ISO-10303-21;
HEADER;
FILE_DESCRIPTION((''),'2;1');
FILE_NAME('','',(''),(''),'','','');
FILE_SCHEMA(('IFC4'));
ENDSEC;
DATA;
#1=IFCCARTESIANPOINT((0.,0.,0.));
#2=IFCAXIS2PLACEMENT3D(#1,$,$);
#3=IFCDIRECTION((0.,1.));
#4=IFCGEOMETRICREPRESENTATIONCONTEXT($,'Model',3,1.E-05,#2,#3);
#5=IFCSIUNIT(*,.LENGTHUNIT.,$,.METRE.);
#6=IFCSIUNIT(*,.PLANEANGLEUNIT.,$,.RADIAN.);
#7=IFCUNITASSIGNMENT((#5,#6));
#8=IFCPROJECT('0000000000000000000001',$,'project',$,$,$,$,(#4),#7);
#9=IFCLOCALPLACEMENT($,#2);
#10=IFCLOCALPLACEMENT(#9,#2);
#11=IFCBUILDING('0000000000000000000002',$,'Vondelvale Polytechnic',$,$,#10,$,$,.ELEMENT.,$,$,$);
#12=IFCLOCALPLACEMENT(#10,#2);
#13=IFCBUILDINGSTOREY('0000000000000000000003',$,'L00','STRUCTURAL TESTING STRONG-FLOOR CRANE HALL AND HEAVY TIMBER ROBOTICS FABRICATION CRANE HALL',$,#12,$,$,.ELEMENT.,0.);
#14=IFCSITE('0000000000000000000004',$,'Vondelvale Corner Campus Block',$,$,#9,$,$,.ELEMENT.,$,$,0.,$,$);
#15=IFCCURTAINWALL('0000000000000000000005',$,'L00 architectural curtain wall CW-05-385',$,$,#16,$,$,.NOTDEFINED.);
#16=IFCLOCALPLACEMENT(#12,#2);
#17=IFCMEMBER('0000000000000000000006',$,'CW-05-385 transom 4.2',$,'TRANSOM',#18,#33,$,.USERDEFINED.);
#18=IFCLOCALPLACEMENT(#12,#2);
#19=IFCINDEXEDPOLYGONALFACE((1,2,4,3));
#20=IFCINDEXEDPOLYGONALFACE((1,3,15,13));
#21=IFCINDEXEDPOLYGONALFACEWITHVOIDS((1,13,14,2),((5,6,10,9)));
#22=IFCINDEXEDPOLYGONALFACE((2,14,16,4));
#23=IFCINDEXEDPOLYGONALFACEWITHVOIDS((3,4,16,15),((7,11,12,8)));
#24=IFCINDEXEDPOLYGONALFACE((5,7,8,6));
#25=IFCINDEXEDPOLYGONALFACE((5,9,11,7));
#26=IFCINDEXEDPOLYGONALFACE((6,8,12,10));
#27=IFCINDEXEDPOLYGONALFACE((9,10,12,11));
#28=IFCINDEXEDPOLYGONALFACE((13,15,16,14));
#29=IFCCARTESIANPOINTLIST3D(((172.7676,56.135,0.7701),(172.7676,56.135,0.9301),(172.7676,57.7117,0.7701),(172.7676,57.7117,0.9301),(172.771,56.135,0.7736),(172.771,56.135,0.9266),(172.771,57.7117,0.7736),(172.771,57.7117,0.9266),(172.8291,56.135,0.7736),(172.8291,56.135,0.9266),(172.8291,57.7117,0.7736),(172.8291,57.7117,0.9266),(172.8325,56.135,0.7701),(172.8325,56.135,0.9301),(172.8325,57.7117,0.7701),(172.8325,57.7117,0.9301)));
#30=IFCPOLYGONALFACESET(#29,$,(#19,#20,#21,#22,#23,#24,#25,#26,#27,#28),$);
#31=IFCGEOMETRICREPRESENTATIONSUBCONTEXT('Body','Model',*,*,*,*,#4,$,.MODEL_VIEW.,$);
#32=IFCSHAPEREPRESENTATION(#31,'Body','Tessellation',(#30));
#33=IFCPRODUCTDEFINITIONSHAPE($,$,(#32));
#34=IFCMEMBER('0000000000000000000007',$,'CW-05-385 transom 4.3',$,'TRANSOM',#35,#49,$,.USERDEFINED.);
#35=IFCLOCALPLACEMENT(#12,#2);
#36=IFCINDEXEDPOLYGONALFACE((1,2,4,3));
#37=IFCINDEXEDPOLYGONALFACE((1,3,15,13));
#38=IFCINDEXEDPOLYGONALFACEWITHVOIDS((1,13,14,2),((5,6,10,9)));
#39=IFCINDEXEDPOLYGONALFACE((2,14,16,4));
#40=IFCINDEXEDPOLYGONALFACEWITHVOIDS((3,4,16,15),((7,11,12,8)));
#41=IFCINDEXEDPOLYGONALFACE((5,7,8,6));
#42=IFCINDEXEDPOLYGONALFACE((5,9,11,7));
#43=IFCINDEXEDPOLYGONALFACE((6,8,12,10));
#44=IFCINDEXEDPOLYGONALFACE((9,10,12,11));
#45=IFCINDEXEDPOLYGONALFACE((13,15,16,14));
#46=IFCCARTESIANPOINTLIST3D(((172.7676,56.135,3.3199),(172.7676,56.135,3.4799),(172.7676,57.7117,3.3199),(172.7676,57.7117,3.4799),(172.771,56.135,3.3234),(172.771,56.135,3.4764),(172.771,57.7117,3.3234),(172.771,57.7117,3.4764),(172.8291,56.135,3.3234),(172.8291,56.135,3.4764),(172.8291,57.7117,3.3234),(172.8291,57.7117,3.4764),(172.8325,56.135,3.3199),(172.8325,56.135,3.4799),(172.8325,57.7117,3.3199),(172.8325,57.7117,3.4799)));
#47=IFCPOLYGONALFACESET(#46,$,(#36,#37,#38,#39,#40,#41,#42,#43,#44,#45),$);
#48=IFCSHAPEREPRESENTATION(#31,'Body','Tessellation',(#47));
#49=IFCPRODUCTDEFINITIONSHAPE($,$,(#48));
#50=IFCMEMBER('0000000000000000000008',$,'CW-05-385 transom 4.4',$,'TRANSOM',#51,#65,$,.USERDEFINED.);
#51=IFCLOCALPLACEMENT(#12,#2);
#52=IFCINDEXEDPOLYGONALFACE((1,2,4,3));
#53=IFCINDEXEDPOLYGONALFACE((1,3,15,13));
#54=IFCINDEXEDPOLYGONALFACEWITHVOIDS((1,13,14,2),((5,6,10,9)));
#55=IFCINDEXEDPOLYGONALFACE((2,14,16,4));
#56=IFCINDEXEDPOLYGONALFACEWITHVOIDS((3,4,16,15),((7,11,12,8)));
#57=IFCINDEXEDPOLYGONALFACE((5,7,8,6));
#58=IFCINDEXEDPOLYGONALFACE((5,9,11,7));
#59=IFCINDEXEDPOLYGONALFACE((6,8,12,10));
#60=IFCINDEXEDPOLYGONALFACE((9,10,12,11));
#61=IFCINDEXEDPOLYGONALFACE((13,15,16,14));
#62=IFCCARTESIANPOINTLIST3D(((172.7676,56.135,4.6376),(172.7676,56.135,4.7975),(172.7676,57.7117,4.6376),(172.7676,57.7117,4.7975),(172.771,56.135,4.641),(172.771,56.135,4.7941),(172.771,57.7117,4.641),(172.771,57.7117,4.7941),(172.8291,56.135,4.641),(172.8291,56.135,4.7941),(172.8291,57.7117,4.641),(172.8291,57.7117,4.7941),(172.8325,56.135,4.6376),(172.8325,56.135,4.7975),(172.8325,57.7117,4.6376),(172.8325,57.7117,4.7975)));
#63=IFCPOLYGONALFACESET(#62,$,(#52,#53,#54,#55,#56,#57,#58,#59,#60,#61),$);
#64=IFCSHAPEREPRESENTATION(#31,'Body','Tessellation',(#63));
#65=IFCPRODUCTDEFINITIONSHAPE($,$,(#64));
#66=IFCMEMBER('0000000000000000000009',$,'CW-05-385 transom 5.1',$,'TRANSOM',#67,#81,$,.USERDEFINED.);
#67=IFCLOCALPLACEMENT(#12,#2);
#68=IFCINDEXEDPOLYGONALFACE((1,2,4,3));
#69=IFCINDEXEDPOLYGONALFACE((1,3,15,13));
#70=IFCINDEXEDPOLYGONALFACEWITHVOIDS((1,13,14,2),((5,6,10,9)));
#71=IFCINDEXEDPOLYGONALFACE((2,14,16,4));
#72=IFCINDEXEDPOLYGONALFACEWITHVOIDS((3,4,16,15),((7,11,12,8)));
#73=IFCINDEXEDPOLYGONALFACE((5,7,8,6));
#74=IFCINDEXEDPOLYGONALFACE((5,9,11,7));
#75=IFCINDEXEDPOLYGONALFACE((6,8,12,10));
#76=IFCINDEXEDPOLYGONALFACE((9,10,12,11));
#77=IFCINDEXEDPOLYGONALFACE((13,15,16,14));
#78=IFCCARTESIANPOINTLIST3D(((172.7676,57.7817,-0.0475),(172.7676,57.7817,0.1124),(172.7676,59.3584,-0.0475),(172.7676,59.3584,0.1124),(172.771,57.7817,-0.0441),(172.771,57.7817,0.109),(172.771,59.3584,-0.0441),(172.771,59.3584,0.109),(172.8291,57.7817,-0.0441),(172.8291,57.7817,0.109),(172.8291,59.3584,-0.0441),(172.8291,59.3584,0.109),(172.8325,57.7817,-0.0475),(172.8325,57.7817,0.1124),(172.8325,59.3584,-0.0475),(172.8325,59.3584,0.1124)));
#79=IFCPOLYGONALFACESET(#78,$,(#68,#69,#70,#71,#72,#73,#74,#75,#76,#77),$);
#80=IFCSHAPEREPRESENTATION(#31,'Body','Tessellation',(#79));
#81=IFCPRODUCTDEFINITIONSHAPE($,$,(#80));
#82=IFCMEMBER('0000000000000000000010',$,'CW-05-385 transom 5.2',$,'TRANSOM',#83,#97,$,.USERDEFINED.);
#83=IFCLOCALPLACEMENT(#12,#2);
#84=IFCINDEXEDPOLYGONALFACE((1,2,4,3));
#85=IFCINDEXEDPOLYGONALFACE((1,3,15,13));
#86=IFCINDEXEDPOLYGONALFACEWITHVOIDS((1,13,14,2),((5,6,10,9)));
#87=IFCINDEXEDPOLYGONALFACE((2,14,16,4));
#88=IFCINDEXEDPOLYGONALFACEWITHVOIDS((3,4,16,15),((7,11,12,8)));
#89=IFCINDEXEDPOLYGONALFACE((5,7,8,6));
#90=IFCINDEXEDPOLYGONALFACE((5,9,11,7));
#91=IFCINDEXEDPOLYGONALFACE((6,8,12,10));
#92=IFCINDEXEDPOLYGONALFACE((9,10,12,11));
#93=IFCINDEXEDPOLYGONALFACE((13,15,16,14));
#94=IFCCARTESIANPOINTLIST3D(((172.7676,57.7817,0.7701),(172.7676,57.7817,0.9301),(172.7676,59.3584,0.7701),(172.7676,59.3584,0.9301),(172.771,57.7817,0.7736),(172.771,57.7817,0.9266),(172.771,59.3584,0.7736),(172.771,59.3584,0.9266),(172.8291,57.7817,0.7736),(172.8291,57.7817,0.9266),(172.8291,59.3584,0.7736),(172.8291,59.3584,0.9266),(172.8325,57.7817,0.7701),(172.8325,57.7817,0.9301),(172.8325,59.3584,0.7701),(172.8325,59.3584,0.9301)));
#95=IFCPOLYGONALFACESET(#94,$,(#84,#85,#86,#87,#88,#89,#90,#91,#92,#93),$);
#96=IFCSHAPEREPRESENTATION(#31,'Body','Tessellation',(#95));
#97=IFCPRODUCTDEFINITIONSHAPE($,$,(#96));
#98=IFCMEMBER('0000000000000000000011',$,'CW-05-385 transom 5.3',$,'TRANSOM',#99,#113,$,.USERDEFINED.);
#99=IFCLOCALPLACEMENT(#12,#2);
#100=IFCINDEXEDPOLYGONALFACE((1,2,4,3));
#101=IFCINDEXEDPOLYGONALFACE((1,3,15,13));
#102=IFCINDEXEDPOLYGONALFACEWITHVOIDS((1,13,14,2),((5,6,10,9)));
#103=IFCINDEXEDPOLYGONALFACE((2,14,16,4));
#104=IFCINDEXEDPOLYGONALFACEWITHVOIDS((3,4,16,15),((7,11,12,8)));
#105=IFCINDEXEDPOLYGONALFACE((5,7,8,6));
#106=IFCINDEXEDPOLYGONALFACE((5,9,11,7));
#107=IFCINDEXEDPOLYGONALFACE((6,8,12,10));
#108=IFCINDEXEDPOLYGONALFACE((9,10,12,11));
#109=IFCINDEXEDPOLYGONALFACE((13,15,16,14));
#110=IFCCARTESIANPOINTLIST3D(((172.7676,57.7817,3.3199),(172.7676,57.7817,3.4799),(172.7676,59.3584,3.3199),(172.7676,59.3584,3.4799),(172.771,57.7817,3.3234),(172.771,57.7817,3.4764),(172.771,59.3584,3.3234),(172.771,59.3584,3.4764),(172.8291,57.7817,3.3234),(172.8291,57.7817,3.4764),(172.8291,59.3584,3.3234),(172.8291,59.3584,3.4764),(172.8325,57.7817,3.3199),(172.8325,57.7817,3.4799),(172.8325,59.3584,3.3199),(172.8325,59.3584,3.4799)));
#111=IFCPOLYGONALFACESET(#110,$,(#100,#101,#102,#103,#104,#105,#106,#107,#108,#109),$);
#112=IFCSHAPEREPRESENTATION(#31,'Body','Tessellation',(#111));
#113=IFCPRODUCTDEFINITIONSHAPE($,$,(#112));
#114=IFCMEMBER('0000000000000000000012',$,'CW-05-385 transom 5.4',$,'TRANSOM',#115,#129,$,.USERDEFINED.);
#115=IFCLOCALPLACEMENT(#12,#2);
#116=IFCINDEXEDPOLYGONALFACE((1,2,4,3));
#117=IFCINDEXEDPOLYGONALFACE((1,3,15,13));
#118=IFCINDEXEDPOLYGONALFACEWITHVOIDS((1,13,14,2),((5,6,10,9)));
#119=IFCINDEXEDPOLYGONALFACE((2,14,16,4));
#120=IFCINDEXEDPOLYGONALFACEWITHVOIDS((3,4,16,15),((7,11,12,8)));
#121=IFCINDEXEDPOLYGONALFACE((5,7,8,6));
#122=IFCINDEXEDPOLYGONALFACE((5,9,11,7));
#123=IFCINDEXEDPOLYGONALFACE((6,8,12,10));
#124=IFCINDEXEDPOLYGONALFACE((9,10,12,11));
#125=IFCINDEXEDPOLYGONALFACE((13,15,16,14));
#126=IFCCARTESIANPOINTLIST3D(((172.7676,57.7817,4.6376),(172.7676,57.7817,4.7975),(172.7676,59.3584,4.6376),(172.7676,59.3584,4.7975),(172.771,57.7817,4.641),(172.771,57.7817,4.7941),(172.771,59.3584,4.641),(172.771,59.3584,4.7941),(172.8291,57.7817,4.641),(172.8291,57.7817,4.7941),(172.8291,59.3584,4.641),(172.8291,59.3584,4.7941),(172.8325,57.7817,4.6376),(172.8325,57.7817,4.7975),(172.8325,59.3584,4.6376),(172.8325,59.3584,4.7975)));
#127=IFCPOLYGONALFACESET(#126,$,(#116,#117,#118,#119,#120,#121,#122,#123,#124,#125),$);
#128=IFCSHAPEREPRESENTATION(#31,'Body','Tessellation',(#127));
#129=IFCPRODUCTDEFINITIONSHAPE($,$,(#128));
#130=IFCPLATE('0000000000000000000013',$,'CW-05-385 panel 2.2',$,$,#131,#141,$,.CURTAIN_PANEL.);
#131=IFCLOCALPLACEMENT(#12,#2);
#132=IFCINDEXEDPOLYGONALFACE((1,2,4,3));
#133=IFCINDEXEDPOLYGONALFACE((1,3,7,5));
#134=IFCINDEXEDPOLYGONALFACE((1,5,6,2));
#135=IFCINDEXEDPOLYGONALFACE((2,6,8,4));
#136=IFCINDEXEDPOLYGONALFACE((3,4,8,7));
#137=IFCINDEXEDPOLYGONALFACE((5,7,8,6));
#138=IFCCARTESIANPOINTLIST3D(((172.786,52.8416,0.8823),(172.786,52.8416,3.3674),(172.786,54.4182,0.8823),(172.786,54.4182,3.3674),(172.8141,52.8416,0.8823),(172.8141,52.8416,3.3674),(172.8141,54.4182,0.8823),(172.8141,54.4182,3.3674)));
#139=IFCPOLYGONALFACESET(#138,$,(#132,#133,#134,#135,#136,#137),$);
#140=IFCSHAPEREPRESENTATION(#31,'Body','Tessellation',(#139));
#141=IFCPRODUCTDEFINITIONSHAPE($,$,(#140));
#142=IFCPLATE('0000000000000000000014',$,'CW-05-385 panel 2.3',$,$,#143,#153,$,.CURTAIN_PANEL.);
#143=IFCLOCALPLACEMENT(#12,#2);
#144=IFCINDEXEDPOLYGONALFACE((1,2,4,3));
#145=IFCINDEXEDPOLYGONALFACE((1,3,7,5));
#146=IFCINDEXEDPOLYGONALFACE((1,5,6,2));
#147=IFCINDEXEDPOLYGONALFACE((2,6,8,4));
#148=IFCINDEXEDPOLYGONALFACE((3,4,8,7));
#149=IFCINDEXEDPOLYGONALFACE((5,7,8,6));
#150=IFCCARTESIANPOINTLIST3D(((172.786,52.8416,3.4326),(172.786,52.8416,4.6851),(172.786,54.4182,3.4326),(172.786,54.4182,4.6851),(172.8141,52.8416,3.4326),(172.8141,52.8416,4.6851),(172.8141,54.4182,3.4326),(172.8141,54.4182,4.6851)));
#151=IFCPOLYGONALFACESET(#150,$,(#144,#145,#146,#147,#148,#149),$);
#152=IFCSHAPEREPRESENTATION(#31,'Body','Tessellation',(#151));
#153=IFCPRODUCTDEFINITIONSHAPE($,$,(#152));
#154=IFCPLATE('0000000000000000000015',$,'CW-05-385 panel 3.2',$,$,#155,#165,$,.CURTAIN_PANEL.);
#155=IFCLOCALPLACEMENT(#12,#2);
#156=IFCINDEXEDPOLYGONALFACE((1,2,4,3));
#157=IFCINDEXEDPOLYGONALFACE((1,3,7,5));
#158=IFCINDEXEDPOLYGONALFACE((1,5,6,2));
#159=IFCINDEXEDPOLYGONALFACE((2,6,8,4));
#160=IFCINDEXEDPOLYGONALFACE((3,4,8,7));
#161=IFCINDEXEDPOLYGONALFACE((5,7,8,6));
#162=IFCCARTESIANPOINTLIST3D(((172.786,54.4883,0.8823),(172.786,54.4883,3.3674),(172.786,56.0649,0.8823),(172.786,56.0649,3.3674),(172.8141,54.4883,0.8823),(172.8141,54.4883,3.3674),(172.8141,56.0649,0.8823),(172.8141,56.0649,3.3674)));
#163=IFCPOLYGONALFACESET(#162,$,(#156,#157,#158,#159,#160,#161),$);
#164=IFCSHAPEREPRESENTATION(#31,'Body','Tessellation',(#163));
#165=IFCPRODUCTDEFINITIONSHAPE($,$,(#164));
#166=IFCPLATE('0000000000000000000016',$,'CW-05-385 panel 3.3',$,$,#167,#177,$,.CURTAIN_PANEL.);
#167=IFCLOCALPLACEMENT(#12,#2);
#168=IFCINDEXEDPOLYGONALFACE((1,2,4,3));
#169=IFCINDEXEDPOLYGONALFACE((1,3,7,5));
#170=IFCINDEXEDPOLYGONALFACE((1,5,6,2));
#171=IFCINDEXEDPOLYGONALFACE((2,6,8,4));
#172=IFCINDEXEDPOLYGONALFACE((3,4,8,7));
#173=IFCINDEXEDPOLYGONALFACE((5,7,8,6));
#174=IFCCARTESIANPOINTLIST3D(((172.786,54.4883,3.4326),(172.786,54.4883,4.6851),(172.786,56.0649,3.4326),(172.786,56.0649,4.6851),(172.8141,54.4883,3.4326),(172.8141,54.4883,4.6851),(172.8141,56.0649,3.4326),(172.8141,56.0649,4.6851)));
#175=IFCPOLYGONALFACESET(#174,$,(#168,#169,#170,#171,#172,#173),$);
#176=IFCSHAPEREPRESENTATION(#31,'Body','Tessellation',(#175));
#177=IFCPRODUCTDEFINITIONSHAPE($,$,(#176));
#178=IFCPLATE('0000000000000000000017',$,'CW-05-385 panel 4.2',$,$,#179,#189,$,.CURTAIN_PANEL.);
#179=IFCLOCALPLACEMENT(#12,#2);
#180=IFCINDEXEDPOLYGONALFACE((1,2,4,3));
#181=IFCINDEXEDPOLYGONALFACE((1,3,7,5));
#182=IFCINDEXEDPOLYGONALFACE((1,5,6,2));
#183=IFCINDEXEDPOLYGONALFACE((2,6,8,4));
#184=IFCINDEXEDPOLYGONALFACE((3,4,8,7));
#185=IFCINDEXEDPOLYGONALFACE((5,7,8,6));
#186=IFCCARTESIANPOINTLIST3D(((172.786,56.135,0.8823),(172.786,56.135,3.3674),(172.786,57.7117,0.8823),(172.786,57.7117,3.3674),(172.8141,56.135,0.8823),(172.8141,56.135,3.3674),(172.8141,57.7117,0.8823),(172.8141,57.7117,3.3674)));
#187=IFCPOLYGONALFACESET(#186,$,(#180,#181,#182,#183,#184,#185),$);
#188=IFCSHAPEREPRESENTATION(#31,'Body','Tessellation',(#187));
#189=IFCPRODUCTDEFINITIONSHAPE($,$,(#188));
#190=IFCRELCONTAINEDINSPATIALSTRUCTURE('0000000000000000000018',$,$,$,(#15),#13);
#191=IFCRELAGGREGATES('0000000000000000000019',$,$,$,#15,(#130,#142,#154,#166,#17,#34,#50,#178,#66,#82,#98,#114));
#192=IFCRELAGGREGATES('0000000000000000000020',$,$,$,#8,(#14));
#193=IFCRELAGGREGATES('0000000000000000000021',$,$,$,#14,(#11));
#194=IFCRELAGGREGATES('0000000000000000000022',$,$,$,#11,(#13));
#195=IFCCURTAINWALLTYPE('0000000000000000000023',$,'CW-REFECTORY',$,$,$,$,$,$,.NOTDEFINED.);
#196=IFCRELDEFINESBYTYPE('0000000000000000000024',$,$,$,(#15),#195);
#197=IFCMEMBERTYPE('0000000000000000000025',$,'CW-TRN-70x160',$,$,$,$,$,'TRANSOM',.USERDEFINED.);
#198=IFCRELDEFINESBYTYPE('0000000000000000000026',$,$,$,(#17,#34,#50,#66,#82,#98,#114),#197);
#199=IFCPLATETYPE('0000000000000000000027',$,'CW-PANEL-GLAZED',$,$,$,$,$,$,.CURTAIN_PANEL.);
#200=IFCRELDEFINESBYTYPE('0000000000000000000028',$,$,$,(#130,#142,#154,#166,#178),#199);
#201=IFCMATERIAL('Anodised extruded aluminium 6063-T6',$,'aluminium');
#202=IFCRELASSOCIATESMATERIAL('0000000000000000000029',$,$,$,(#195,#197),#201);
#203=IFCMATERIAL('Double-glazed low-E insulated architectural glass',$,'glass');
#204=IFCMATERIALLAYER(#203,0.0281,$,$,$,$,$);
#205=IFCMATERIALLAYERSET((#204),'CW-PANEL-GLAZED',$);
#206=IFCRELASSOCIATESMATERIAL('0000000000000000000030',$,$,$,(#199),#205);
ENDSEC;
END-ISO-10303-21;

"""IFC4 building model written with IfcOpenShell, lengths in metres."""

from ifc_helpers import new_model, si_unit, direction, frame, origin, origin_2d, place, context, subcontext, project, spatial, rectangle, hollow_rectangle, extrude, material, layer, layer_set, material_profile, profile_set, type_object, element, aggregate, save


model = new_model("IFC4")

# Units and contexts
model_context = context("Model", 3, precision=1e-05, world=origin(), true_north=direction((0.0, 1.0)))
body_context = subcontext(model_context, "Body", "Model", "MODEL_VIEW")
ifc_project = project(units=[si_unit("LENGTHUNIT", "METRE"), si_unit("PLANEANGLEUNIT", "RADIAN")], contexts=[model_context])

# Site, building, storey
site_placement = place(None, origin())
site = spatial("IfcSite", under=ifc_project, at=site_placement, Name="Vondelvale Corner Campus Block", CompositionType="ELEMENT", RefElevation=0.0)
building_placement = place(site_placement, origin())
building = spatial("IfcBuilding", under=site, at=building_placement, Name="Vondelvale Polytechnic", CompositionType="ELEMENT")
storey_placement = place(building_placement, origin())
storey = spatial("IfcBuildingStorey", under=building, at=storey_placement, Name="L00", Description="STRUCTURAL TESTING STRONG-FLOOR CRANE HALL AND HEAVY TIMBER ROBOTICS FABRICATION CRANE HALL", CompositionType="ELEMENT", Elevation=0.0)

# Curtain wall, members, plates
ifc_material_1 = material(Name="Anodised extruded aluminium 6063-T6", Category="aluminium")
curtain_wall_type = type_object("IfcCurtainWallType", Name="CW-REFECTORY", PredefinedType="NOTDEFINED", material=ifc_material_1)
curtain_wall_placement = place(storey_placement, origin())
curtain_wall = element("IfcCurtainWall", 1, at=curtain_wall_placement, inside=storey, type_object=curtain_wall_type, Name="L00 architectural curtain wall CW-05-385", PredefinedType="NOTDEFINED")
ifc_material_profile_1 = material_profile(ifc_material_1, hollow_rectangle(XDim=0.0649, YDim=0.1599, WallThickness=0.0034, at=origin_2d()), Name="CW-TRN-160x65")
ifc_profile_set_1 = profile_set([ifc_material_profile_1], Name="Anodised extruded aluminium 6063-T6")
member_type_1 = type_object("IfcMemberType", Name="CW-TRN-70x160", ElementType="TRANSOM", PredefinedType="USERDEFINED", material=ifc_profile_set_1)
member_1_placement = place(storey_placement, frame((172.8, 56.135, 0.8501), z_axis=(0.0, 1.0, 0.0), x_axis=(-1.0, 0.0, 0.0)))
member_1 = element("IfcMember", 2, at=member_1_placement, type_object=member_type_1, Name="CW-05-385 transom 4.2", ObjectType="TRANSOM", PredefinedType="USERDEFINED", context=body_context, shape_type="SweptSolid", body=[
    extrude(hollow_rectangle(XDim=0.0649, YDim=0.1599, WallThickness=0.0034, at=origin_2d()), origin(), (0.0, 0.0, 1.0), 1.5767),
])
member_2_placement = place(storey_placement, frame((172.8, 56.135, 3.3999), z_axis=(0.0, 1.0, 0.0), x_axis=(-1.0, 0.0, 0.0)))
member_2 = element("IfcMember", 3, at=member_2_placement, type_object=member_type_1, Name="CW-05-385 transom 4.3", ObjectType="TRANSOM", PredefinedType="USERDEFINED", context=body_context, shape_type="SweptSolid", body=[
    extrude(hollow_rectangle(XDim=0.0649, YDim=0.1599, WallThickness=0.0034, at=origin_2d()), origin(), (0.0, 0.0, 1.0), 1.5767),
])
member_3_placement = place(storey_placement, frame((172.8, 56.135, 4.7175), z_axis=(0.0, 1.0, 0.0), x_axis=(-1.0, 0.0, 0.0)))
member_3 = element("IfcMember", 4, at=member_3_placement, type_object=member_type_1, Name="CW-05-385 transom 4.4", ObjectType="TRANSOM", PredefinedType="USERDEFINED", context=body_context, shape_type="SweptSolid", body=[
    extrude(hollow_rectangle(XDim=0.0649, YDim=0.1599, WallThickness=0.0034, at=origin_2d()), origin(), (0.0, 0.0, 1.0), 1.5767),
])
member_4_placement = place(storey_placement, frame((172.8, 57.7817, 0.0325), z_axis=(0.0, 1.0, 0.0), x_axis=(-1.0, 0.0, 0.0)))
member_4 = element("IfcMember", 5, at=member_4_placement, type_object=member_type_1, Name="CW-05-385 transom 5.1", ObjectType="TRANSOM", PredefinedType="USERDEFINED", context=body_context, shape_type="SweptSolid", body=[
    extrude(hollow_rectangle(XDim=0.0649, YDim=0.1599, WallThickness=0.0034, at=origin_2d()), origin(), (0.0, 0.0, 1.0), 1.5767),
])
member_5_placement = place(storey_placement, frame((172.8, 57.7817, 0.8501), z_axis=(0.0, 1.0, 0.0), x_axis=(-1.0, 0.0, 0.0)))
member_5 = element("IfcMember", 6, at=member_5_placement, type_object=member_type_1, Name="CW-05-385 transom 5.2", ObjectType="TRANSOM", PredefinedType="USERDEFINED", context=body_context, shape_type="SweptSolid", body=[
    extrude(hollow_rectangle(XDim=0.0649, YDim=0.1599, WallThickness=0.0034, at=origin_2d()), origin(), (0.0, 0.0, 1.0), 1.5767),
])
member_6_placement = place(storey_placement, frame((172.8, 57.7817, 3.3999), z_axis=(0.0, 1.0, 0.0), x_axis=(-1.0, 0.0, 0.0)))
member_6 = element("IfcMember", 7, at=member_6_placement, type_object=member_type_1, Name="CW-05-385 transom 5.3", ObjectType="TRANSOM", PredefinedType="USERDEFINED", context=body_context, shape_type="SweptSolid", body=[
    extrude(hollow_rectangle(XDim=0.0649, YDim=0.1599, WallThickness=0.0034, at=origin_2d()), origin(), (0.0, 0.0, 1.0), 1.5767),
])
member_7_placement = place(storey_placement, frame((172.8, 57.7817, 4.7175), z_axis=(0.0, 1.0, 0.0), x_axis=(-1.0, 0.0, 0.0)))
member_7 = element("IfcMember", 8, at=member_7_placement, type_object=member_type_1, Name="CW-05-385 transom 5.4", ObjectType="TRANSOM", PredefinedType="USERDEFINED", context=body_context, shape_type="SweptSolid", body=[
    extrude(hollow_rectangle(XDim=0.0649, YDim=0.1599, WallThickness=0.0034, at=origin_2d()), origin(), (0.0, 0.0, 1.0), 1.5767),
])
ifc_material_2 = material(Name="Double-glazed low-E insulated architectural glass", Category="glass")
ifc_layer_1 = layer(ifc_material_2, 0.0281)
ifc_layer_set_1 = layer_set([ifc_layer_1], Name="CW-PANEL-GLAZED")
plate_type_1 = type_object("IfcPlateType", Name="CW-PANEL-GLAZED", PredefinedType="CURTAIN_PANEL", material=ifc_layer_set_1)
plate_1_placement = place(storey_placement, frame((172.8, 53.6299, 0.8823), z_axis=(0.0, 0.0, 1.0), x_axis=(0.0, 1.0, 0.0)))
plate_1 = element("IfcPlate", 9, at=plate_1_placement, type_object=plate_type_1, Name="CW-05-385 panel 2.2", PredefinedType="CURTAIN_PANEL", context=body_context, shape_type="SweptSolid", body=[
    extrude(rectangle(XDim=1.5767, YDim=0.0281, at=origin_2d()), origin(), (0.0, 0.0, 1.0), 2.4851),
])
plate_2_placement = place(storey_placement, frame((172.8, 53.6299, 3.4326), z_axis=(0.0, 0.0, 1.0), x_axis=(0.0, 1.0, 0.0)))
plate_2 = element("IfcPlate", 10, at=plate_2_placement, type_object=plate_type_1, Name="CW-05-385 panel 2.3", PredefinedType="CURTAIN_PANEL", context=body_context, shape_type="SweptSolid", body=[
    extrude(rectangle(XDim=1.5767, YDim=0.0281, at=origin_2d()), origin(), (0.0, 0.0, 1.0), 1.2524),
])
plate_3_placement = place(storey_placement, frame((172.8, 55.2766, 0.8823), z_axis=(0.0, 0.0, 1.0), x_axis=(0.0, 1.0, 0.0)))
plate_3 = element("IfcPlate", 11, at=plate_3_placement, type_object=plate_type_1, Name="CW-05-385 panel 3.2", PredefinedType="CURTAIN_PANEL", context=body_context, shape_type="SweptSolid", body=[
    extrude(rectangle(XDim=1.5767, YDim=0.0281, at=origin_2d()), origin(), (0.0, 0.0, 1.0), 2.4851),
])
plate_4_placement = place(storey_placement, frame((172.8, 55.2766, 3.4326), z_axis=(0.0, 0.0, 1.0), x_axis=(0.0, 1.0, 0.0)))
plate_4 = element("IfcPlate", 12, at=plate_4_placement, type_object=plate_type_1, Name="CW-05-385 panel 3.3", PredefinedType="CURTAIN_PANEL", context=body_context, shape_type="SweptSolid", body=[
    extrude(rectangle(XDim=1.5767, YDim=0.0281, at=origin_2d()), origin(), (0.0, 0.0, 1.0), 1.2524),
])
plate_5_placement = place(storey_placement, frame((172.8, 56.9233, 0.8823), z_axis=(0.0, 0.0, 1.0), x_axis=(0.0, 1.0, 0.0)))
plate_5 = element("IfcPlate", 13, at=plate_5_placement, type_object=plate_type_1, Name="CW-05-385 panel 4.2", PredefinedType="CURTAIN_PANEL", context=body_context, shape_type="SweptSolid", body=[
    extrude(rectangle(XDim=1.5767, YDim=0.0281, at=origin_2d()), origin(), (0.0, 0.0, 1.0), 2.4851),
])
aggregate(curtain_wall, [plate_1, plate_2, plate_3, plate_4, member_1, member_2, member_3, plate_5, member_4, member_5, member_6, member_7])

save(model, "model.ifc")
